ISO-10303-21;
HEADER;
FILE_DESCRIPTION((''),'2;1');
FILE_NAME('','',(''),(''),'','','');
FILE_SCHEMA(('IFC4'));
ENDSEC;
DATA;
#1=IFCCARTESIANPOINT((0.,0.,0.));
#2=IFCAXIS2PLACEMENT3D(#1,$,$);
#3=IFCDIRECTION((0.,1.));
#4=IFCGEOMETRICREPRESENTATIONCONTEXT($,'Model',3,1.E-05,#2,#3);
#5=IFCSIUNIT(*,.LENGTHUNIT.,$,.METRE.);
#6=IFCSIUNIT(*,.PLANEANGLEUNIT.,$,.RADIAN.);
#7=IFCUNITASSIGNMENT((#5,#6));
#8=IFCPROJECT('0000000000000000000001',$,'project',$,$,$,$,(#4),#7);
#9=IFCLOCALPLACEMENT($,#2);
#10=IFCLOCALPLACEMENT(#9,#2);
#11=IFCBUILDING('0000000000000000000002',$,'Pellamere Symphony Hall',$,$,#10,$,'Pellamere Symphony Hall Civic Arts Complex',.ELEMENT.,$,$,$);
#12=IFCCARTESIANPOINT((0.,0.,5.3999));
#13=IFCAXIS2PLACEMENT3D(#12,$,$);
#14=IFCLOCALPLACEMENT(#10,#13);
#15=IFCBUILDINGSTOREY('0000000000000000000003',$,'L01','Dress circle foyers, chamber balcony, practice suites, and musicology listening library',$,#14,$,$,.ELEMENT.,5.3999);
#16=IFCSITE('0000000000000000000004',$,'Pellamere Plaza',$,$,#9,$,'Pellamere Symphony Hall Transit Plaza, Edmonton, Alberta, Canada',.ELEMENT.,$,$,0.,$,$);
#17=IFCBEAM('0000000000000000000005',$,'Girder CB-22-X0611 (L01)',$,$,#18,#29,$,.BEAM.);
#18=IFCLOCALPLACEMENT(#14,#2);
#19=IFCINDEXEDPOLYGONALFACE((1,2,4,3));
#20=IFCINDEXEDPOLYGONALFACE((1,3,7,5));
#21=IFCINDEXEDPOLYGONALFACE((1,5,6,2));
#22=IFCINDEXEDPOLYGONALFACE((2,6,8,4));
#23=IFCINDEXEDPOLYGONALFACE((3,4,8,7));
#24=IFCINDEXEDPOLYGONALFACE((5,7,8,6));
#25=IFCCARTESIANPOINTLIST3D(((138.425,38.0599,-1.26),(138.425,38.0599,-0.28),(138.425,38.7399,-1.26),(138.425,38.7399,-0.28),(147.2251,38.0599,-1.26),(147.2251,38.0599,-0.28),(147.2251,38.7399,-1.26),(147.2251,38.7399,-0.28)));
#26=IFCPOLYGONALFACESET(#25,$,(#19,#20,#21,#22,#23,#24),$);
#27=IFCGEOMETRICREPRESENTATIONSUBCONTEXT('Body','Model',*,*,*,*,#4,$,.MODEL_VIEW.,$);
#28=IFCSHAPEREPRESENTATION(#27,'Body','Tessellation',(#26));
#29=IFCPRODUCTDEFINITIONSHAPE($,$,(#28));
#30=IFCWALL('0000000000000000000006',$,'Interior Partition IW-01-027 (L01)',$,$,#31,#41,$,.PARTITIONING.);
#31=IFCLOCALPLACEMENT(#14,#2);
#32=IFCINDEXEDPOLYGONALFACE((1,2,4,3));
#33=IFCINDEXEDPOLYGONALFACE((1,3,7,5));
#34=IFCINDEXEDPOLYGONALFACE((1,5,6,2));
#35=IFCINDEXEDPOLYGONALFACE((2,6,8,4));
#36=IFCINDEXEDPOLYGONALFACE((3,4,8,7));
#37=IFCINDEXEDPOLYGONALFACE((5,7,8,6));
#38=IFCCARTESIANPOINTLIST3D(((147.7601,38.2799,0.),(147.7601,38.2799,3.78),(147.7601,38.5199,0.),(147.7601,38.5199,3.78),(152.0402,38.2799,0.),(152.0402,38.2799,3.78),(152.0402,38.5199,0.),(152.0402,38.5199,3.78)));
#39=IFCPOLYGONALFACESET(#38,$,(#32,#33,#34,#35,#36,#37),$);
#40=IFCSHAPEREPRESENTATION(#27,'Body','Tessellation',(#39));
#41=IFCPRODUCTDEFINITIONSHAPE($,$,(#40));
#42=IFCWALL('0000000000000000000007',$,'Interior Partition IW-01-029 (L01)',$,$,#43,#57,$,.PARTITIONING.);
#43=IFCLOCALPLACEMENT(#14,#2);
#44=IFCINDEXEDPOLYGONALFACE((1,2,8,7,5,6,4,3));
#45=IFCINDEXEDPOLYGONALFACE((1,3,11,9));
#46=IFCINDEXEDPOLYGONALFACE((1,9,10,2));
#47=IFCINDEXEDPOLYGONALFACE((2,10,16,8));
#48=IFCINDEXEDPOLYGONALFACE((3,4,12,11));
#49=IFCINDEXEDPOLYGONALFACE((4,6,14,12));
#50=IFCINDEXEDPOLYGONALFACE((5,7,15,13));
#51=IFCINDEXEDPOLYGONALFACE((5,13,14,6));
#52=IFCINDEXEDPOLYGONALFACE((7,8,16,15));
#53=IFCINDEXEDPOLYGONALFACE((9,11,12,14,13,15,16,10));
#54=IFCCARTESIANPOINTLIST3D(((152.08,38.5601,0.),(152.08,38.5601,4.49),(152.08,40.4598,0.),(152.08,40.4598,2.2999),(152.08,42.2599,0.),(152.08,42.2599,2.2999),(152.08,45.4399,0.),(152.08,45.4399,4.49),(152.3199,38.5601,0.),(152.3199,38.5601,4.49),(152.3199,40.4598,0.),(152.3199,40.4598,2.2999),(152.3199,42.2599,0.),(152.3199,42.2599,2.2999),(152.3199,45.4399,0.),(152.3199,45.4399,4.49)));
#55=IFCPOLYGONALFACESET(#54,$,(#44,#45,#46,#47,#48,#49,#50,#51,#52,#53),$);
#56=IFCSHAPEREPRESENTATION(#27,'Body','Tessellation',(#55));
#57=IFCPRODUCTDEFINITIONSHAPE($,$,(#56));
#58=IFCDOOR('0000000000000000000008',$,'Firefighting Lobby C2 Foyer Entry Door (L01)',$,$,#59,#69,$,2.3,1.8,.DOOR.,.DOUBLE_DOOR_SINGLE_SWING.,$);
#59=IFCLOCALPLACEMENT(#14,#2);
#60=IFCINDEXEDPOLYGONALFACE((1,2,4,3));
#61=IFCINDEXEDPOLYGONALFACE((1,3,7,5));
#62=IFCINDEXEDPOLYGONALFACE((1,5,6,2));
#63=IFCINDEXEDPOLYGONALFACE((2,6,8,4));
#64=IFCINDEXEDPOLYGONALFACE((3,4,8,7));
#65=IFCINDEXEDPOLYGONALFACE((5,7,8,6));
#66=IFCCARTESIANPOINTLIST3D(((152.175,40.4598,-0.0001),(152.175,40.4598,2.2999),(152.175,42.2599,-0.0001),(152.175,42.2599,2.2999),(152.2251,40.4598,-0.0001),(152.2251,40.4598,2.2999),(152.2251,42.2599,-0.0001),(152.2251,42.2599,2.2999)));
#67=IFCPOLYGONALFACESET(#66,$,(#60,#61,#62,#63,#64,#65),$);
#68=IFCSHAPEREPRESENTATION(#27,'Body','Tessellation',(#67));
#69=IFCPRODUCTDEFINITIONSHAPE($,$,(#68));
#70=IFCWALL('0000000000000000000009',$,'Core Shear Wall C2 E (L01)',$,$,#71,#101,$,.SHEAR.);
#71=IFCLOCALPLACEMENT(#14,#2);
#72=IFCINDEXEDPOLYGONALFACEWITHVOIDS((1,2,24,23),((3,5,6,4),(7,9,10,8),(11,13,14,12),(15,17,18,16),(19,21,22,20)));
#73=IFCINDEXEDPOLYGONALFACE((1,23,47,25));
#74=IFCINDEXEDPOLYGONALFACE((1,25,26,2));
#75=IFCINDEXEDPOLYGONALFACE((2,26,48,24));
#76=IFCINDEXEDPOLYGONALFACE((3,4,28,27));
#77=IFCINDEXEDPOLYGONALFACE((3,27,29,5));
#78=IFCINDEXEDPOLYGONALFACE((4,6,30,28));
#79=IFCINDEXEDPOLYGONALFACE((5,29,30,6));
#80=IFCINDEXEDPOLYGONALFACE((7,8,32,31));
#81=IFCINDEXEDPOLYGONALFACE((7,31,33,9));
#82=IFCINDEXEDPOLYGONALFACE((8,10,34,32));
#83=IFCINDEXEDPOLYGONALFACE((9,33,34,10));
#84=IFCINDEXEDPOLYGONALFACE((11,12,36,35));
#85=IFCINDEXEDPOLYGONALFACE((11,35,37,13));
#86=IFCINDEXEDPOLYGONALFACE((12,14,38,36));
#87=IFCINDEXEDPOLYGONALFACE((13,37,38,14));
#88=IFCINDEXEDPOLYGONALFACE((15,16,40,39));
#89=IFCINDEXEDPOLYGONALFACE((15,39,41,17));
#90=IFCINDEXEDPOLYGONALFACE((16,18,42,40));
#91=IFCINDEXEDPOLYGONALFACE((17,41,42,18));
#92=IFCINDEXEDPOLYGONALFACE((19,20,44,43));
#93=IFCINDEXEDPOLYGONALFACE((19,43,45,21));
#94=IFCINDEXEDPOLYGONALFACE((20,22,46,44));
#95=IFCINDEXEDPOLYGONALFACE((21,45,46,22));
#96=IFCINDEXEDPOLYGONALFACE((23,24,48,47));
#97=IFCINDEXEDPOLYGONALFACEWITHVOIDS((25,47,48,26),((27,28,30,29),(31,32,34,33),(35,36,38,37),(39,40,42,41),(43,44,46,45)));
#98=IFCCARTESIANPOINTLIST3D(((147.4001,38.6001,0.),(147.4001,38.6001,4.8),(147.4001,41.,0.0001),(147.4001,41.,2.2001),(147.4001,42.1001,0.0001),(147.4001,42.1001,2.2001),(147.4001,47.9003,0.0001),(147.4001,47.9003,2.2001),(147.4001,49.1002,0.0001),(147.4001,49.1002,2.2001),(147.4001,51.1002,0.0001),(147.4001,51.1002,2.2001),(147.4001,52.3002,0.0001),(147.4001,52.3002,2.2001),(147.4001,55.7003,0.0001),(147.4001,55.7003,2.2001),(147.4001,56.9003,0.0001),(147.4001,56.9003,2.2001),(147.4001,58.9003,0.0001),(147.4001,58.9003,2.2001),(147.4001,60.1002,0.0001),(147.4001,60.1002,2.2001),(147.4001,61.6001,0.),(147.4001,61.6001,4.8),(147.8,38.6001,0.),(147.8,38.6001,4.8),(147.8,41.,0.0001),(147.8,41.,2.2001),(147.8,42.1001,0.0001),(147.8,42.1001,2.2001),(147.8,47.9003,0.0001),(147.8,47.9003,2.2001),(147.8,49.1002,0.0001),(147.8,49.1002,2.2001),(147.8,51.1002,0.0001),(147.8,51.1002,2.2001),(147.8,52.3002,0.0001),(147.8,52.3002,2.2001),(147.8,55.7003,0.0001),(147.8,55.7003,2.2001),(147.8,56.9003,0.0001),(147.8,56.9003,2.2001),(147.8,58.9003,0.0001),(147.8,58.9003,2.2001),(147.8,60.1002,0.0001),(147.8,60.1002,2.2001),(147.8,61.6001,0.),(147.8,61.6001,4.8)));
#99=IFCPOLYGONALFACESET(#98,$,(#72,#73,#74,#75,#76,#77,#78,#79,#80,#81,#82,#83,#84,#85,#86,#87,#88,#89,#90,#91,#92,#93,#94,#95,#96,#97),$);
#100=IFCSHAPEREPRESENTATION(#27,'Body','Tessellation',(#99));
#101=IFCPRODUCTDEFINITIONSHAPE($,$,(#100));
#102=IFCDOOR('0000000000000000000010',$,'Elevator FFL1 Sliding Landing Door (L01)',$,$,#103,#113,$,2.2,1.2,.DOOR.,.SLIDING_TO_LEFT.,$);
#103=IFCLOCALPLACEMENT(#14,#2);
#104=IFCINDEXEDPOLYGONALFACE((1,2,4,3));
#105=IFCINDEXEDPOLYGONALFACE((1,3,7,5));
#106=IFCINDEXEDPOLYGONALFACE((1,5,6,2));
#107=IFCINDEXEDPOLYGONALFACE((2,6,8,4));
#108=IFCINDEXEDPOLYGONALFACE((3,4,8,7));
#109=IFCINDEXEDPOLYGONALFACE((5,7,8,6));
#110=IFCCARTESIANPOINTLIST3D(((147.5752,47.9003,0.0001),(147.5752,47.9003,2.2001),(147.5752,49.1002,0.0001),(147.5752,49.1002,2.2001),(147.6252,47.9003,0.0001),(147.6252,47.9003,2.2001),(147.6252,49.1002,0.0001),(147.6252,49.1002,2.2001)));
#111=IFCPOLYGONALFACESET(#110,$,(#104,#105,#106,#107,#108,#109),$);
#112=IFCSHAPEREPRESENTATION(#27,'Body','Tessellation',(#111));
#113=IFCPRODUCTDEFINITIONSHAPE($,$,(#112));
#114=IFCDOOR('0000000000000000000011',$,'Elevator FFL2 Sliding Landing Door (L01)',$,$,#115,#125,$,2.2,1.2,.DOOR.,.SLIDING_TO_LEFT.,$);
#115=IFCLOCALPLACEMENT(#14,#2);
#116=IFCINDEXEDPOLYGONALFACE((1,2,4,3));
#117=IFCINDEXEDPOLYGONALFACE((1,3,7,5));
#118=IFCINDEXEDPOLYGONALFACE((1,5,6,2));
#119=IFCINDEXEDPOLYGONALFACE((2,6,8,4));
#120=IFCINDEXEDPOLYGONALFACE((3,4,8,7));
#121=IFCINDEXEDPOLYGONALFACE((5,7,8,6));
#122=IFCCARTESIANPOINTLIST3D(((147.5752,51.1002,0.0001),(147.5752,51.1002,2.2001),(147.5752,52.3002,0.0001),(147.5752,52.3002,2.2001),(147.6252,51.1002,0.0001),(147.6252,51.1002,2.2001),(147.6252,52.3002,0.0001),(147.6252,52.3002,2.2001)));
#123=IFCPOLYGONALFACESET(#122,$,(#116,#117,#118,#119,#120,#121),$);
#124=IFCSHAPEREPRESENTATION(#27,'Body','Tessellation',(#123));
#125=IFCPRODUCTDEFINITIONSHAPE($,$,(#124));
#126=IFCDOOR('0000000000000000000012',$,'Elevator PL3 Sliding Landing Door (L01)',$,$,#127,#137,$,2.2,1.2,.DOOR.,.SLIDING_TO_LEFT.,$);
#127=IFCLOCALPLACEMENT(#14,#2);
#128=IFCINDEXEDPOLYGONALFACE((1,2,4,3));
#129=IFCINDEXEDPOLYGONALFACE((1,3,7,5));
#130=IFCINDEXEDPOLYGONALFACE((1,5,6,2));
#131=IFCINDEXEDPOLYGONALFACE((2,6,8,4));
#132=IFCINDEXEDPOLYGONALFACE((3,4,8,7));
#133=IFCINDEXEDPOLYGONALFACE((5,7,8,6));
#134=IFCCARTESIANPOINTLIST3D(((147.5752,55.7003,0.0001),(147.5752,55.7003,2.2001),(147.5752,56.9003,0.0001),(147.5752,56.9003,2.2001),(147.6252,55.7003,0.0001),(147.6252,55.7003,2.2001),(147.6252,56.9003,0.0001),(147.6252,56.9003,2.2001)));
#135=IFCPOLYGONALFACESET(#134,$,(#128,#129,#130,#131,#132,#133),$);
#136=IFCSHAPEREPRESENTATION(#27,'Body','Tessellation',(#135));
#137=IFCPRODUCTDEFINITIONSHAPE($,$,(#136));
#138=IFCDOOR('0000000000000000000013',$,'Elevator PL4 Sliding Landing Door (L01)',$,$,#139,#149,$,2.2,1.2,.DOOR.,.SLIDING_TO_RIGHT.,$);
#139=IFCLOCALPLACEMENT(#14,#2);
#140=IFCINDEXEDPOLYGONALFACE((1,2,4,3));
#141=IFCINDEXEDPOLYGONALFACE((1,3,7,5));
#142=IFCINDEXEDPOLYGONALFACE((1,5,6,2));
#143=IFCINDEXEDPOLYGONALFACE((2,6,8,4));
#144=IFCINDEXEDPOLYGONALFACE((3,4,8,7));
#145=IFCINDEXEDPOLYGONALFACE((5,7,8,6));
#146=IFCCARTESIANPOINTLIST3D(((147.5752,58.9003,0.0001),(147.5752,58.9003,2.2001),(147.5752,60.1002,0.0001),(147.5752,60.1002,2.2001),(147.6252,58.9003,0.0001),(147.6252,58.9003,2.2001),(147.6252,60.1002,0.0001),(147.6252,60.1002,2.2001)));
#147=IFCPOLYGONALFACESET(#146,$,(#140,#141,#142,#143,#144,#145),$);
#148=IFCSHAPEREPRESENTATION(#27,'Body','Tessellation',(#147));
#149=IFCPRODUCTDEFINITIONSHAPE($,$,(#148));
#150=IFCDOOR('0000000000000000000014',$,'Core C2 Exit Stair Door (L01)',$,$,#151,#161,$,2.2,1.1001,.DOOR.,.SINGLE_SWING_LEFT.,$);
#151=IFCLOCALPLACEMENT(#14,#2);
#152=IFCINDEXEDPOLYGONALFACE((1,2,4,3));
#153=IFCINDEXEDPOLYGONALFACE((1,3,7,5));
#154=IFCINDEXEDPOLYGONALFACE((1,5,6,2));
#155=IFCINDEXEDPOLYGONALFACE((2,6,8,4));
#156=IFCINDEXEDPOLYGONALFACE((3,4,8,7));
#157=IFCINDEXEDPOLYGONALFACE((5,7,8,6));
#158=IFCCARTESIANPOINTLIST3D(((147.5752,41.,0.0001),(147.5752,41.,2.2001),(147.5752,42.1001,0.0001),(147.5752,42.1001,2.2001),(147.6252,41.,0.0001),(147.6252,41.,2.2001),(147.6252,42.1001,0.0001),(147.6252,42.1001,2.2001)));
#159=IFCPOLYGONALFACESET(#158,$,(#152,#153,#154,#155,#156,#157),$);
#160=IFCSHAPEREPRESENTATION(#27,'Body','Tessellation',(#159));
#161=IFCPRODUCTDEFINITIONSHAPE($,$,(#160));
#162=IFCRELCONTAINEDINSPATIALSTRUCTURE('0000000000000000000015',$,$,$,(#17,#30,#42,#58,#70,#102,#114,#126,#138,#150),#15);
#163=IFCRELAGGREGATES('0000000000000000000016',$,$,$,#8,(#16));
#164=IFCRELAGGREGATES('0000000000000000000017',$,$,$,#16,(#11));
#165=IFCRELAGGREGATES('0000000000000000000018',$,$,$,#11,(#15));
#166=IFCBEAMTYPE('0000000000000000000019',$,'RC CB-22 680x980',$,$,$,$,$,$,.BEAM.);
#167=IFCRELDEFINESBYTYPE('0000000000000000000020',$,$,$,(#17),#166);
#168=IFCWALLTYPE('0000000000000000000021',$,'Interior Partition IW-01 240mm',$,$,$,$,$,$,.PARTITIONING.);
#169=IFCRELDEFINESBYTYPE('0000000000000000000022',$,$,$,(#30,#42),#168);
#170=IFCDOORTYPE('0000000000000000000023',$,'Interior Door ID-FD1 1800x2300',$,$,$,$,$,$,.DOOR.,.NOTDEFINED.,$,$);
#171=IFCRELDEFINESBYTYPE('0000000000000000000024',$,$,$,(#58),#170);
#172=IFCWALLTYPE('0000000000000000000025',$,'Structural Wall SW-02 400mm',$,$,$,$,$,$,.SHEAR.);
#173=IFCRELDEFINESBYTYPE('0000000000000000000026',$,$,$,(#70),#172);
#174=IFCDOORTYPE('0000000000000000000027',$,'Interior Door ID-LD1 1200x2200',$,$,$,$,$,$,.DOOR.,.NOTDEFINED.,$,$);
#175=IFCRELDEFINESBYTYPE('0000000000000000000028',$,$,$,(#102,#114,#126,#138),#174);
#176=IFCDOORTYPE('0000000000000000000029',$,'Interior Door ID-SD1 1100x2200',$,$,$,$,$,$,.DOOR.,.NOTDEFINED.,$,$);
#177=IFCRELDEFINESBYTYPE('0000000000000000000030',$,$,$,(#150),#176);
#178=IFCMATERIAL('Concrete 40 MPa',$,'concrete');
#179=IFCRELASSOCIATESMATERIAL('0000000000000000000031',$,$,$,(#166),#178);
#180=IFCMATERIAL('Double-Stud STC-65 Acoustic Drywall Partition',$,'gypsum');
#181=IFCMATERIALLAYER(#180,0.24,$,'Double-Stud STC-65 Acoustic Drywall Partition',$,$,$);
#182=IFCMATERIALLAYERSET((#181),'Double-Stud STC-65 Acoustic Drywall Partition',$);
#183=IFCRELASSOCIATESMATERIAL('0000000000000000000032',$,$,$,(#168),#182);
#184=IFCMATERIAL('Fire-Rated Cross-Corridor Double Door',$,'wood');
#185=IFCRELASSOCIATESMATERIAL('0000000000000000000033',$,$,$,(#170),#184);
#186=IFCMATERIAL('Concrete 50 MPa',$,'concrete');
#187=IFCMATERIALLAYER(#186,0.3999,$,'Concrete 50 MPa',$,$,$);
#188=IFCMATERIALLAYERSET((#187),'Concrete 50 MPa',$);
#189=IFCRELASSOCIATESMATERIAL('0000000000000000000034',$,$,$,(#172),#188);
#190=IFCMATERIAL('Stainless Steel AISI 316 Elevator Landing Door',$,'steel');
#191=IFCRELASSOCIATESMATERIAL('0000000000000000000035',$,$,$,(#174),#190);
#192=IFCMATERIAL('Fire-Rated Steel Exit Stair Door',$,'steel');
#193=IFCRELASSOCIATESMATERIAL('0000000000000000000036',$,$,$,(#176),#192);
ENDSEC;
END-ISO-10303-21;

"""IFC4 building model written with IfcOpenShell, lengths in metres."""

from ifc_helpers import new_model, si_unit, direction, frame, frame_2d, origin, origin_2d, place, context, subcontext, project, spatial, rectangle, extrude, material, layer, layer_set, material_profile, profile_set, type_object, element, fill, save


model = new_model("IFC4")

# Units and contexts
model_context = context("Model", 3, precision=1e-05, world=origin(), true_north=direction((0.0, 1.0)))
body_context = subcontext(model_context, "Body", "Model", "MODEL_VIEW")
ifc_project = project(units=[si_unit("LENGTHUNIT", "METRE"), si_unit("PLANEANGLEUNIT", "RADIAN")], contexts=[model_context])

# Site, building, storey
site_placement = place(None, origin())
site = spatial("IfcSite", under=ifc_project, at=site_placement, Name="Pellamere Plaza", LongName="Pellamere Symphony Hall Transit Plaza, Edmonton, Alberta, Canada", CompositionType="ELEMENT", RefElevation=0.0)
building_placement = place(site_placement, origin())
building = spatial("IfcBuilding", under=site, at=building_placement, Name="Pellamere Symphony Hall", LongName="Pellamere Symphony Hall Civic Arts Complex", CompositionType="ELEMENT")
storey_placement = place(building_placement, frame((0.0, 0.0, 5.3999)))
storey = spatial("IfcBuildingStorey", under=building, at=storey_placement, Name="L01", Description="Dress circle foyers, chamber balcony, practice suites, and musicology listening library", CompositionType="ELEMENT", Elevation=5.3999)

# Shared definitions
ifc_material_1 = material(Name="Concrete 40 MPa", Category="concrete")

# Beam
ifc_material_profile_1 = material_profile(ifc_material_1, rectangle(XDim=0.6799, YDim=0.98, at=origin_2d()), Name="RC 680x980")
ifc_profile_set_1 = profile_set([ifc_material_profile_1], Name="Concrete 40 MPa")
beam_type_1 = type_object("IfcBeamType", Name="RC CB-22 680x980", PredefinedType="BEAM", material=ifc_profile_set_1)
beam_1_placement = place(storey_placement, frame((138.425, 38.3999, -0.77), z_axis=(1.0, 0.0, 0.0), x_axis=(0.0, 1.0, 0.0)))
element("IfcBeam", 1, at=beam_1_placement, inside=storey, type_object=beam_type_1, Name="Girder CB-22-X0611 (L01)", PredefinedType="BEAM", context=body_context, shape_type="SweptSolid", body=[
    extrude(rectangle(XDim=0.6799, YDim=0.98, at=origin_2d()), origin(), (0.0, 0.0, 1.0), 8.8),
])

# Wall
ifc_material_2 = material(Name="Double-Stud STC-65 Acoustic Drywall Partition", Category="gypsum")
ifc_layer_1 = layer(ifc_material_2, 0.24, Name="Double-Stud STC-65 Acoustic Drywall Partition")
ifc_layer_set_1 = layer_set([ifc_layer_1], Name="Double-Stud STC-65 Acoustic Drywall Partition")
wall_type_1 = type_object("IfcWallType", Name="Interior Partition IW-01 240mm", PredefinedType="PARTITIONING", material=ifc_layer_set_1)
wall_1_placement = place(storey_placement, frame((147.76, 38.3999, 0.0), z_axis=(0.0, 0.0, 1.0), x_axis=(1.0, 0.0, 0.0)))
element("IfcWall", 2, at=wall_1_placement, inside=storey, type_object=wall_type_1, Name="Interior Partition IW-01-027 (L01)", PredefinedType="PARTITIONING", context=body_context, shape_type="SweptSolid", body=[
    extrude(rectangle(XDim=4.28, YDim=0.24, at=frame_2d((2.1401, 0.0))), origin(), (0.0, 0.0, 1.0), 3.78),
])

# Wall, opening, door
wall_2_placement = place(storey_placement, frame((152.2, 38.5601, 0.0), z_axis=(0.0, 0.0, 1.0), x_axis=(0.0, 1.0, 0.0)))
wall_2 = element("IfcWall", 3, at=wall_2_placement, inside=storey, type_object=wall_type_1, Name="Interior Partition IW-01-029 (L01)", PredefinedType="PARTITIONING", context=body_context, shape_type="SweptSolid", body=[
    extrude(rectangle(XDim=6.8799, YDim=0.24, at=frame_2d((3.4399, 0.0))), origin(), (0.0, 0.0, 1.0), 4.49),
])
opening_1_placement = place(wall_2_placement, frame((1.8999, 0.0, 0.0)))
opening_1 = element("IfcOpeningElement", 4, at=opening_1_placement, cuts=wall_2, PredefinedType="OPENING", context=body_context, shape_type="SweptSolid", body=[
    extrude(rectangle(XDim=1.8, YDim=2.3, at=frame_2d((0.8999, 1.1499))), frame((0.0, 0.1299, 0.0), z_axis=(0.0, -1.0, 0.0), x_axis=(1.0, 0.0, 0.0)), (0.0, 0.0, 1.0), 0.26),
])
ifc_material_3 = material(Name="Fire-Rated Cross-Corridor Double Door", Category="wood")
door_type_1 = type_object("IfcDoorType", Name="Interior Door ID-FD1 1800x2300", OperationType="NOTDEFINED", PredefinedType="DOOR", material=ifc_material_3)
door_1_placement = place(opening_1_placement, origin())
door_1 = element("IfcDoor", 5, at=door_1_placement, inside=storey, type_object=door_type_1, Name="Firefighting Lobby C2 Foyer Entry Door (L01)", OperationType="DOUBLE_DOOR_SINGLE_SWING", OverallHeight=2.3, OverallWidth=1.8, PredefinedType="DOOR", context=body_context, shape_type="SweptSolid", body=[
    extrude(rectangle(XDim=1.8, YDim=2.3, at=frame_2d((0.8999, 1.1499))), frame((0.0, 0.0249, 0.0), z_axis=(0.0, -1.0, 0.0), x_axis=(1.0, 0.0, 0.0)), (0.0, 0.0, 1.0), 0.05),
])
fill(opening_1, door_1)

# Wall, openings, doors
ifc_material_4 = material(Name="Concrete 50 MPa", Category="concrete")
ifc_layer_2 = layer(ifc_material_4, 0.3999, Name="Concrete 50 MPa")
ifc_layer_set_2 = layer_set([ifc_layer_2], Name="Concrete 50 MPa")
wall_type_2 = type_object("IfcWallType", Name="Structural Wall SW-02 400mm", PredefinedType="SHEAR", material=ifc_layer_set_2)
wall_3_placement = place(storey_placement, frame((147.6001, 38.6001, 0.0), z_axis=(0.0, 0.0, 1.0), x_axis=(0.0, 1.0, 0.0)))
wall_3 = element("IfcWall", 6, at=wall_3_placement, inside=storey, type_object=wall_type_2, Name="Core Shear Wall C2 E (L01)", PredefinedType="SHEAR", context=body_context, shape_type="SweptSolid", body=[
    extrude(rectangle(XDim=23.0, YDim=0.3999, at=frame_2d((11.5, 0.0))), origin(), (0.0, 0.0, 1.0), 4.8),
])
opening_2_placement = place(wall_3_placement, frame((9.3, 0.0, 0.0)))
opening_2 = element("IfcOpeningElement", 7, at=opening_2_placement, cuts=wall_3, PredefinedType="OPENING", context=body_context, shape_type="SweptSolid", body=[
    extrude(rectangle(XDim=1.2, YDim=2.2, at=frame_2d((0.6001, 1.1001))), frame((0.0, 0.21, 0.0), z_axis=(0.0, -1.0, 0.0), x_axis=(1.0, 0.0, 0.0)), (0.0, 0.0, 1.0), 0.4199),
])
opening_3_placement = place(wall_3_placement, frame((12.5, 0.0, 0.0)))
opening_3 = element("IfcOpeningElement", 8, at=opening_3_placement, cuts=wall_3, PredefinedType="OPENING", context=body_context, shape_type="SweptSolid", body=[
    extrude(rectangle(XDim=1.2, YDim=2.2, at=frame_2d((0.6001, 1.1001))), frame((0.0, 0.21, 0.0), z_axis=(0.0, -1.0, 0.0), x_axis=(1.0, 0.0, 0.0)), (0.0, 0.0, 1.0), 0.4199),
])
opening_4_placement = place(wall_3_placement, frame((17.1001, 0.0, 0.0)))
opening_4 = element("IfcOpeningElement", 9, at=opening_4_placement, cuts=wall_3, PredefinedType="OPENING", context=body_context, shape_type="SweptSolid", body=[
    extrude(rectangle(XDim=1.2, YDim=2.2, at=frame_2d((0.6001, 1.1001))), frame((0.0, 0.21, 0.0), z_axis=(0.0, -1.0, 0.0), x_axis=(1.0, 0.0, 0.0)), (0.0, 0.0, 1.0), 0.4199),
])
opening_5_placement = place(wall_3_placement, frame((20.3, 0.0, 0.0)))
opening_5 = element("IfcOpeningElement", 10, at=opening_5_placement, cuts=wall_3, PredefinedType="OPENING", context=body_context, shape_type="SweptSolid", body=[
    extrude(rectangle(XDim=1.2, YDim=2.2, at=frame_2d((0.6001, 1.1001))), frame((0.0, 0.21, 0.0), z_axis=(0.0, -1.0, 0.0), x_axis=(1.0, 0.0, 0.0)), (0.0, 0.0, 1.0), 0.4199),
])
opening_6_placement = place(wall_3_placement, frame((2.3999, 0.0, 0.0)))
opening_6 = element("IfcOpeningElement", 11, at=opening_6_placement, cuts=wall_3, PredefinedType="OPENING", context=body_context, shape_type="SweptSolid", body=[
    extrude(rectangle(XDim=1.1001, YDim=2.2, at=frame_2d((0.55, 1.1001))), frame((0.0, 0.21, 0.0), z_axis=(0.0, -1.0, 0.0), x_axis=(1.0, 0.0, 0.0)), (0.0, 0.0, 1.0), 0.4199),
])
ifc_material_5 = material(Name="Stainless Steel AISI 316 Elevator Landing Door", Category="steel")
door_type_2 = type_object("IfcDoorType", Name="Interior Door ID-LD1 1200x2200", OperationType="NOTDEFINED", PredefinedType="DOOR", material=ifc_material_5)
door_2_placement = place(opening_2_placement, origin())
door_2 = element("IfcDoor", 12, at=door_2_placement, inside=storey, type_object=door_type_2, Name="Elevator FFL1 Sliding Landing Door (L01)", OperationType="SLIDING_TO_LEFT", OverallHeight=2.2, OverallWidth=1.2, PredefinedType="DOOR", context=body_context, shape_type="SweptSolid", body=[
    extrude(rectangle(XDim=1.2, YDim=2.2, at=frame_2d((0.6001, 1.1001))), frame((0.0, 0.0249, 0.0), z_axis=(0.0, -1.0, 0.0), x_axis=(1.0, 0.0, 0.0)), (0.0, 0.0, 1.0), 0.05),
])
fill(opening_2, door_2)
door_3_placement = place(opening_3_placement, origin())
door_3 = element("IfcDoor", 13, at=door_3_placement, inside=storey, type_object=door_type_2, Name="Elevator FFL2 Sliding Landing Door (L01)", OperationType="SLIDING_TO_LEFT", OverallHeight=2.2, OverallWidth=1.2, PredefinedType="DOOR", context=body_context, shape_type="SweptSolid", body=[
    extrude(rectangle(XDim=1.2, YDim=2.2, at=frame_2d((0.6001, 1.1001))), frame((0.0, 0.0249, 0.0), z_axis=(0.0, -1.0, 0.0), x_axis=(1.0, 0.0, 0.0)), (0.0, 0.0, 1.0), 0.05),
])
fill(opening_3, door_3)
door_4_placement = place(opening_4_placement, origin())
door_4 = element("IfcDoor", 14, at=door_4_placement, inside=storey, type_object=door_type_2, Name="Elevator PL3 Sliding Landing Door (L01)", OperationType="SLIDING_TO_LEFT", OverallHeight=2.2, OverallWidth=1.2, PredefinedType="DOOR", context=body_context, shape_type="SweptSolid", body=[
    extrude(rectangle(XDim=1.2, YDim=2.2, at=frame_2d((0.6001, 1.1001))), frame((0.0, 0.0249, 0.0), z_axis=(0.0, -1.0, 0.0), x_axis=(1.0, 0.0, 0.0)), (0.0, 0.0, 1.0), 0.05),
])
fill(opening_4, door_4)
door_5_placement = place(opening_5_placement, origin())
door_5 = element("IfcDoor", 15, at=door_5_placement, inside=storey, type_object=door_type_2, Name="Elevator PL4 Sliding Landing Door (L01)", OperationType="SLIDING_TO_RIGHT", OverallHeight=2.2, OverallWidth=1.2, PredefinedType="DOOR", context=body_context, shape_type="SweptSolid", body=[
    extrude(rectangle(XDim=1.2, YDim=2.2, at=frame_2d((0.6001, 1.1001))), frame((0.0, 0.0249, 0.0), z_axis=(0.0, -1.0, 0.0), x_axis=(1.0, 0.0, 0.0)), (0.0, 0.0, 1.0), 0.05),
])
fill(opening_5, door_5)
ifc_material_6 = material(Name="Fire-Rated Steel Exit Stair Door", Category="steel")
door_type_3 = type_object("IfcDoorType", Name="Interior Door ID-SD1 1100x2200", OperationType="NOTDEFINED", PredefinedType="DOOR", material=ifc_material_6)
door_6_placement = place(opening_6_placement, origin())
door_6 = element("IfcDoor", 16, at=door_6_placement, inside=storey, type_object=door_type_3, Name="Core C2 Exit Stair Door (L01)", OperationType="SINGLE_SWING_LEFT", OverallHeight=2.2, OverallWidth=1.1001, PredefinedType="DOOR", context=body_context, shape_type="SweptSolid", body=[
    extrude(rectangle(XDim=1.1001, YDim=2.2, at=frame_2d((0.55, 1.1001))), frame((0.0, 0.0249, 0.0), z_axis=(0.0, -1.0, 0.0), x_axis=(1.0, 0.0, 0.0)), (0.0, 0.0, 1.0), 0.05),
])
fill(opening_6, door_6)

save(model, "model.ifc")
